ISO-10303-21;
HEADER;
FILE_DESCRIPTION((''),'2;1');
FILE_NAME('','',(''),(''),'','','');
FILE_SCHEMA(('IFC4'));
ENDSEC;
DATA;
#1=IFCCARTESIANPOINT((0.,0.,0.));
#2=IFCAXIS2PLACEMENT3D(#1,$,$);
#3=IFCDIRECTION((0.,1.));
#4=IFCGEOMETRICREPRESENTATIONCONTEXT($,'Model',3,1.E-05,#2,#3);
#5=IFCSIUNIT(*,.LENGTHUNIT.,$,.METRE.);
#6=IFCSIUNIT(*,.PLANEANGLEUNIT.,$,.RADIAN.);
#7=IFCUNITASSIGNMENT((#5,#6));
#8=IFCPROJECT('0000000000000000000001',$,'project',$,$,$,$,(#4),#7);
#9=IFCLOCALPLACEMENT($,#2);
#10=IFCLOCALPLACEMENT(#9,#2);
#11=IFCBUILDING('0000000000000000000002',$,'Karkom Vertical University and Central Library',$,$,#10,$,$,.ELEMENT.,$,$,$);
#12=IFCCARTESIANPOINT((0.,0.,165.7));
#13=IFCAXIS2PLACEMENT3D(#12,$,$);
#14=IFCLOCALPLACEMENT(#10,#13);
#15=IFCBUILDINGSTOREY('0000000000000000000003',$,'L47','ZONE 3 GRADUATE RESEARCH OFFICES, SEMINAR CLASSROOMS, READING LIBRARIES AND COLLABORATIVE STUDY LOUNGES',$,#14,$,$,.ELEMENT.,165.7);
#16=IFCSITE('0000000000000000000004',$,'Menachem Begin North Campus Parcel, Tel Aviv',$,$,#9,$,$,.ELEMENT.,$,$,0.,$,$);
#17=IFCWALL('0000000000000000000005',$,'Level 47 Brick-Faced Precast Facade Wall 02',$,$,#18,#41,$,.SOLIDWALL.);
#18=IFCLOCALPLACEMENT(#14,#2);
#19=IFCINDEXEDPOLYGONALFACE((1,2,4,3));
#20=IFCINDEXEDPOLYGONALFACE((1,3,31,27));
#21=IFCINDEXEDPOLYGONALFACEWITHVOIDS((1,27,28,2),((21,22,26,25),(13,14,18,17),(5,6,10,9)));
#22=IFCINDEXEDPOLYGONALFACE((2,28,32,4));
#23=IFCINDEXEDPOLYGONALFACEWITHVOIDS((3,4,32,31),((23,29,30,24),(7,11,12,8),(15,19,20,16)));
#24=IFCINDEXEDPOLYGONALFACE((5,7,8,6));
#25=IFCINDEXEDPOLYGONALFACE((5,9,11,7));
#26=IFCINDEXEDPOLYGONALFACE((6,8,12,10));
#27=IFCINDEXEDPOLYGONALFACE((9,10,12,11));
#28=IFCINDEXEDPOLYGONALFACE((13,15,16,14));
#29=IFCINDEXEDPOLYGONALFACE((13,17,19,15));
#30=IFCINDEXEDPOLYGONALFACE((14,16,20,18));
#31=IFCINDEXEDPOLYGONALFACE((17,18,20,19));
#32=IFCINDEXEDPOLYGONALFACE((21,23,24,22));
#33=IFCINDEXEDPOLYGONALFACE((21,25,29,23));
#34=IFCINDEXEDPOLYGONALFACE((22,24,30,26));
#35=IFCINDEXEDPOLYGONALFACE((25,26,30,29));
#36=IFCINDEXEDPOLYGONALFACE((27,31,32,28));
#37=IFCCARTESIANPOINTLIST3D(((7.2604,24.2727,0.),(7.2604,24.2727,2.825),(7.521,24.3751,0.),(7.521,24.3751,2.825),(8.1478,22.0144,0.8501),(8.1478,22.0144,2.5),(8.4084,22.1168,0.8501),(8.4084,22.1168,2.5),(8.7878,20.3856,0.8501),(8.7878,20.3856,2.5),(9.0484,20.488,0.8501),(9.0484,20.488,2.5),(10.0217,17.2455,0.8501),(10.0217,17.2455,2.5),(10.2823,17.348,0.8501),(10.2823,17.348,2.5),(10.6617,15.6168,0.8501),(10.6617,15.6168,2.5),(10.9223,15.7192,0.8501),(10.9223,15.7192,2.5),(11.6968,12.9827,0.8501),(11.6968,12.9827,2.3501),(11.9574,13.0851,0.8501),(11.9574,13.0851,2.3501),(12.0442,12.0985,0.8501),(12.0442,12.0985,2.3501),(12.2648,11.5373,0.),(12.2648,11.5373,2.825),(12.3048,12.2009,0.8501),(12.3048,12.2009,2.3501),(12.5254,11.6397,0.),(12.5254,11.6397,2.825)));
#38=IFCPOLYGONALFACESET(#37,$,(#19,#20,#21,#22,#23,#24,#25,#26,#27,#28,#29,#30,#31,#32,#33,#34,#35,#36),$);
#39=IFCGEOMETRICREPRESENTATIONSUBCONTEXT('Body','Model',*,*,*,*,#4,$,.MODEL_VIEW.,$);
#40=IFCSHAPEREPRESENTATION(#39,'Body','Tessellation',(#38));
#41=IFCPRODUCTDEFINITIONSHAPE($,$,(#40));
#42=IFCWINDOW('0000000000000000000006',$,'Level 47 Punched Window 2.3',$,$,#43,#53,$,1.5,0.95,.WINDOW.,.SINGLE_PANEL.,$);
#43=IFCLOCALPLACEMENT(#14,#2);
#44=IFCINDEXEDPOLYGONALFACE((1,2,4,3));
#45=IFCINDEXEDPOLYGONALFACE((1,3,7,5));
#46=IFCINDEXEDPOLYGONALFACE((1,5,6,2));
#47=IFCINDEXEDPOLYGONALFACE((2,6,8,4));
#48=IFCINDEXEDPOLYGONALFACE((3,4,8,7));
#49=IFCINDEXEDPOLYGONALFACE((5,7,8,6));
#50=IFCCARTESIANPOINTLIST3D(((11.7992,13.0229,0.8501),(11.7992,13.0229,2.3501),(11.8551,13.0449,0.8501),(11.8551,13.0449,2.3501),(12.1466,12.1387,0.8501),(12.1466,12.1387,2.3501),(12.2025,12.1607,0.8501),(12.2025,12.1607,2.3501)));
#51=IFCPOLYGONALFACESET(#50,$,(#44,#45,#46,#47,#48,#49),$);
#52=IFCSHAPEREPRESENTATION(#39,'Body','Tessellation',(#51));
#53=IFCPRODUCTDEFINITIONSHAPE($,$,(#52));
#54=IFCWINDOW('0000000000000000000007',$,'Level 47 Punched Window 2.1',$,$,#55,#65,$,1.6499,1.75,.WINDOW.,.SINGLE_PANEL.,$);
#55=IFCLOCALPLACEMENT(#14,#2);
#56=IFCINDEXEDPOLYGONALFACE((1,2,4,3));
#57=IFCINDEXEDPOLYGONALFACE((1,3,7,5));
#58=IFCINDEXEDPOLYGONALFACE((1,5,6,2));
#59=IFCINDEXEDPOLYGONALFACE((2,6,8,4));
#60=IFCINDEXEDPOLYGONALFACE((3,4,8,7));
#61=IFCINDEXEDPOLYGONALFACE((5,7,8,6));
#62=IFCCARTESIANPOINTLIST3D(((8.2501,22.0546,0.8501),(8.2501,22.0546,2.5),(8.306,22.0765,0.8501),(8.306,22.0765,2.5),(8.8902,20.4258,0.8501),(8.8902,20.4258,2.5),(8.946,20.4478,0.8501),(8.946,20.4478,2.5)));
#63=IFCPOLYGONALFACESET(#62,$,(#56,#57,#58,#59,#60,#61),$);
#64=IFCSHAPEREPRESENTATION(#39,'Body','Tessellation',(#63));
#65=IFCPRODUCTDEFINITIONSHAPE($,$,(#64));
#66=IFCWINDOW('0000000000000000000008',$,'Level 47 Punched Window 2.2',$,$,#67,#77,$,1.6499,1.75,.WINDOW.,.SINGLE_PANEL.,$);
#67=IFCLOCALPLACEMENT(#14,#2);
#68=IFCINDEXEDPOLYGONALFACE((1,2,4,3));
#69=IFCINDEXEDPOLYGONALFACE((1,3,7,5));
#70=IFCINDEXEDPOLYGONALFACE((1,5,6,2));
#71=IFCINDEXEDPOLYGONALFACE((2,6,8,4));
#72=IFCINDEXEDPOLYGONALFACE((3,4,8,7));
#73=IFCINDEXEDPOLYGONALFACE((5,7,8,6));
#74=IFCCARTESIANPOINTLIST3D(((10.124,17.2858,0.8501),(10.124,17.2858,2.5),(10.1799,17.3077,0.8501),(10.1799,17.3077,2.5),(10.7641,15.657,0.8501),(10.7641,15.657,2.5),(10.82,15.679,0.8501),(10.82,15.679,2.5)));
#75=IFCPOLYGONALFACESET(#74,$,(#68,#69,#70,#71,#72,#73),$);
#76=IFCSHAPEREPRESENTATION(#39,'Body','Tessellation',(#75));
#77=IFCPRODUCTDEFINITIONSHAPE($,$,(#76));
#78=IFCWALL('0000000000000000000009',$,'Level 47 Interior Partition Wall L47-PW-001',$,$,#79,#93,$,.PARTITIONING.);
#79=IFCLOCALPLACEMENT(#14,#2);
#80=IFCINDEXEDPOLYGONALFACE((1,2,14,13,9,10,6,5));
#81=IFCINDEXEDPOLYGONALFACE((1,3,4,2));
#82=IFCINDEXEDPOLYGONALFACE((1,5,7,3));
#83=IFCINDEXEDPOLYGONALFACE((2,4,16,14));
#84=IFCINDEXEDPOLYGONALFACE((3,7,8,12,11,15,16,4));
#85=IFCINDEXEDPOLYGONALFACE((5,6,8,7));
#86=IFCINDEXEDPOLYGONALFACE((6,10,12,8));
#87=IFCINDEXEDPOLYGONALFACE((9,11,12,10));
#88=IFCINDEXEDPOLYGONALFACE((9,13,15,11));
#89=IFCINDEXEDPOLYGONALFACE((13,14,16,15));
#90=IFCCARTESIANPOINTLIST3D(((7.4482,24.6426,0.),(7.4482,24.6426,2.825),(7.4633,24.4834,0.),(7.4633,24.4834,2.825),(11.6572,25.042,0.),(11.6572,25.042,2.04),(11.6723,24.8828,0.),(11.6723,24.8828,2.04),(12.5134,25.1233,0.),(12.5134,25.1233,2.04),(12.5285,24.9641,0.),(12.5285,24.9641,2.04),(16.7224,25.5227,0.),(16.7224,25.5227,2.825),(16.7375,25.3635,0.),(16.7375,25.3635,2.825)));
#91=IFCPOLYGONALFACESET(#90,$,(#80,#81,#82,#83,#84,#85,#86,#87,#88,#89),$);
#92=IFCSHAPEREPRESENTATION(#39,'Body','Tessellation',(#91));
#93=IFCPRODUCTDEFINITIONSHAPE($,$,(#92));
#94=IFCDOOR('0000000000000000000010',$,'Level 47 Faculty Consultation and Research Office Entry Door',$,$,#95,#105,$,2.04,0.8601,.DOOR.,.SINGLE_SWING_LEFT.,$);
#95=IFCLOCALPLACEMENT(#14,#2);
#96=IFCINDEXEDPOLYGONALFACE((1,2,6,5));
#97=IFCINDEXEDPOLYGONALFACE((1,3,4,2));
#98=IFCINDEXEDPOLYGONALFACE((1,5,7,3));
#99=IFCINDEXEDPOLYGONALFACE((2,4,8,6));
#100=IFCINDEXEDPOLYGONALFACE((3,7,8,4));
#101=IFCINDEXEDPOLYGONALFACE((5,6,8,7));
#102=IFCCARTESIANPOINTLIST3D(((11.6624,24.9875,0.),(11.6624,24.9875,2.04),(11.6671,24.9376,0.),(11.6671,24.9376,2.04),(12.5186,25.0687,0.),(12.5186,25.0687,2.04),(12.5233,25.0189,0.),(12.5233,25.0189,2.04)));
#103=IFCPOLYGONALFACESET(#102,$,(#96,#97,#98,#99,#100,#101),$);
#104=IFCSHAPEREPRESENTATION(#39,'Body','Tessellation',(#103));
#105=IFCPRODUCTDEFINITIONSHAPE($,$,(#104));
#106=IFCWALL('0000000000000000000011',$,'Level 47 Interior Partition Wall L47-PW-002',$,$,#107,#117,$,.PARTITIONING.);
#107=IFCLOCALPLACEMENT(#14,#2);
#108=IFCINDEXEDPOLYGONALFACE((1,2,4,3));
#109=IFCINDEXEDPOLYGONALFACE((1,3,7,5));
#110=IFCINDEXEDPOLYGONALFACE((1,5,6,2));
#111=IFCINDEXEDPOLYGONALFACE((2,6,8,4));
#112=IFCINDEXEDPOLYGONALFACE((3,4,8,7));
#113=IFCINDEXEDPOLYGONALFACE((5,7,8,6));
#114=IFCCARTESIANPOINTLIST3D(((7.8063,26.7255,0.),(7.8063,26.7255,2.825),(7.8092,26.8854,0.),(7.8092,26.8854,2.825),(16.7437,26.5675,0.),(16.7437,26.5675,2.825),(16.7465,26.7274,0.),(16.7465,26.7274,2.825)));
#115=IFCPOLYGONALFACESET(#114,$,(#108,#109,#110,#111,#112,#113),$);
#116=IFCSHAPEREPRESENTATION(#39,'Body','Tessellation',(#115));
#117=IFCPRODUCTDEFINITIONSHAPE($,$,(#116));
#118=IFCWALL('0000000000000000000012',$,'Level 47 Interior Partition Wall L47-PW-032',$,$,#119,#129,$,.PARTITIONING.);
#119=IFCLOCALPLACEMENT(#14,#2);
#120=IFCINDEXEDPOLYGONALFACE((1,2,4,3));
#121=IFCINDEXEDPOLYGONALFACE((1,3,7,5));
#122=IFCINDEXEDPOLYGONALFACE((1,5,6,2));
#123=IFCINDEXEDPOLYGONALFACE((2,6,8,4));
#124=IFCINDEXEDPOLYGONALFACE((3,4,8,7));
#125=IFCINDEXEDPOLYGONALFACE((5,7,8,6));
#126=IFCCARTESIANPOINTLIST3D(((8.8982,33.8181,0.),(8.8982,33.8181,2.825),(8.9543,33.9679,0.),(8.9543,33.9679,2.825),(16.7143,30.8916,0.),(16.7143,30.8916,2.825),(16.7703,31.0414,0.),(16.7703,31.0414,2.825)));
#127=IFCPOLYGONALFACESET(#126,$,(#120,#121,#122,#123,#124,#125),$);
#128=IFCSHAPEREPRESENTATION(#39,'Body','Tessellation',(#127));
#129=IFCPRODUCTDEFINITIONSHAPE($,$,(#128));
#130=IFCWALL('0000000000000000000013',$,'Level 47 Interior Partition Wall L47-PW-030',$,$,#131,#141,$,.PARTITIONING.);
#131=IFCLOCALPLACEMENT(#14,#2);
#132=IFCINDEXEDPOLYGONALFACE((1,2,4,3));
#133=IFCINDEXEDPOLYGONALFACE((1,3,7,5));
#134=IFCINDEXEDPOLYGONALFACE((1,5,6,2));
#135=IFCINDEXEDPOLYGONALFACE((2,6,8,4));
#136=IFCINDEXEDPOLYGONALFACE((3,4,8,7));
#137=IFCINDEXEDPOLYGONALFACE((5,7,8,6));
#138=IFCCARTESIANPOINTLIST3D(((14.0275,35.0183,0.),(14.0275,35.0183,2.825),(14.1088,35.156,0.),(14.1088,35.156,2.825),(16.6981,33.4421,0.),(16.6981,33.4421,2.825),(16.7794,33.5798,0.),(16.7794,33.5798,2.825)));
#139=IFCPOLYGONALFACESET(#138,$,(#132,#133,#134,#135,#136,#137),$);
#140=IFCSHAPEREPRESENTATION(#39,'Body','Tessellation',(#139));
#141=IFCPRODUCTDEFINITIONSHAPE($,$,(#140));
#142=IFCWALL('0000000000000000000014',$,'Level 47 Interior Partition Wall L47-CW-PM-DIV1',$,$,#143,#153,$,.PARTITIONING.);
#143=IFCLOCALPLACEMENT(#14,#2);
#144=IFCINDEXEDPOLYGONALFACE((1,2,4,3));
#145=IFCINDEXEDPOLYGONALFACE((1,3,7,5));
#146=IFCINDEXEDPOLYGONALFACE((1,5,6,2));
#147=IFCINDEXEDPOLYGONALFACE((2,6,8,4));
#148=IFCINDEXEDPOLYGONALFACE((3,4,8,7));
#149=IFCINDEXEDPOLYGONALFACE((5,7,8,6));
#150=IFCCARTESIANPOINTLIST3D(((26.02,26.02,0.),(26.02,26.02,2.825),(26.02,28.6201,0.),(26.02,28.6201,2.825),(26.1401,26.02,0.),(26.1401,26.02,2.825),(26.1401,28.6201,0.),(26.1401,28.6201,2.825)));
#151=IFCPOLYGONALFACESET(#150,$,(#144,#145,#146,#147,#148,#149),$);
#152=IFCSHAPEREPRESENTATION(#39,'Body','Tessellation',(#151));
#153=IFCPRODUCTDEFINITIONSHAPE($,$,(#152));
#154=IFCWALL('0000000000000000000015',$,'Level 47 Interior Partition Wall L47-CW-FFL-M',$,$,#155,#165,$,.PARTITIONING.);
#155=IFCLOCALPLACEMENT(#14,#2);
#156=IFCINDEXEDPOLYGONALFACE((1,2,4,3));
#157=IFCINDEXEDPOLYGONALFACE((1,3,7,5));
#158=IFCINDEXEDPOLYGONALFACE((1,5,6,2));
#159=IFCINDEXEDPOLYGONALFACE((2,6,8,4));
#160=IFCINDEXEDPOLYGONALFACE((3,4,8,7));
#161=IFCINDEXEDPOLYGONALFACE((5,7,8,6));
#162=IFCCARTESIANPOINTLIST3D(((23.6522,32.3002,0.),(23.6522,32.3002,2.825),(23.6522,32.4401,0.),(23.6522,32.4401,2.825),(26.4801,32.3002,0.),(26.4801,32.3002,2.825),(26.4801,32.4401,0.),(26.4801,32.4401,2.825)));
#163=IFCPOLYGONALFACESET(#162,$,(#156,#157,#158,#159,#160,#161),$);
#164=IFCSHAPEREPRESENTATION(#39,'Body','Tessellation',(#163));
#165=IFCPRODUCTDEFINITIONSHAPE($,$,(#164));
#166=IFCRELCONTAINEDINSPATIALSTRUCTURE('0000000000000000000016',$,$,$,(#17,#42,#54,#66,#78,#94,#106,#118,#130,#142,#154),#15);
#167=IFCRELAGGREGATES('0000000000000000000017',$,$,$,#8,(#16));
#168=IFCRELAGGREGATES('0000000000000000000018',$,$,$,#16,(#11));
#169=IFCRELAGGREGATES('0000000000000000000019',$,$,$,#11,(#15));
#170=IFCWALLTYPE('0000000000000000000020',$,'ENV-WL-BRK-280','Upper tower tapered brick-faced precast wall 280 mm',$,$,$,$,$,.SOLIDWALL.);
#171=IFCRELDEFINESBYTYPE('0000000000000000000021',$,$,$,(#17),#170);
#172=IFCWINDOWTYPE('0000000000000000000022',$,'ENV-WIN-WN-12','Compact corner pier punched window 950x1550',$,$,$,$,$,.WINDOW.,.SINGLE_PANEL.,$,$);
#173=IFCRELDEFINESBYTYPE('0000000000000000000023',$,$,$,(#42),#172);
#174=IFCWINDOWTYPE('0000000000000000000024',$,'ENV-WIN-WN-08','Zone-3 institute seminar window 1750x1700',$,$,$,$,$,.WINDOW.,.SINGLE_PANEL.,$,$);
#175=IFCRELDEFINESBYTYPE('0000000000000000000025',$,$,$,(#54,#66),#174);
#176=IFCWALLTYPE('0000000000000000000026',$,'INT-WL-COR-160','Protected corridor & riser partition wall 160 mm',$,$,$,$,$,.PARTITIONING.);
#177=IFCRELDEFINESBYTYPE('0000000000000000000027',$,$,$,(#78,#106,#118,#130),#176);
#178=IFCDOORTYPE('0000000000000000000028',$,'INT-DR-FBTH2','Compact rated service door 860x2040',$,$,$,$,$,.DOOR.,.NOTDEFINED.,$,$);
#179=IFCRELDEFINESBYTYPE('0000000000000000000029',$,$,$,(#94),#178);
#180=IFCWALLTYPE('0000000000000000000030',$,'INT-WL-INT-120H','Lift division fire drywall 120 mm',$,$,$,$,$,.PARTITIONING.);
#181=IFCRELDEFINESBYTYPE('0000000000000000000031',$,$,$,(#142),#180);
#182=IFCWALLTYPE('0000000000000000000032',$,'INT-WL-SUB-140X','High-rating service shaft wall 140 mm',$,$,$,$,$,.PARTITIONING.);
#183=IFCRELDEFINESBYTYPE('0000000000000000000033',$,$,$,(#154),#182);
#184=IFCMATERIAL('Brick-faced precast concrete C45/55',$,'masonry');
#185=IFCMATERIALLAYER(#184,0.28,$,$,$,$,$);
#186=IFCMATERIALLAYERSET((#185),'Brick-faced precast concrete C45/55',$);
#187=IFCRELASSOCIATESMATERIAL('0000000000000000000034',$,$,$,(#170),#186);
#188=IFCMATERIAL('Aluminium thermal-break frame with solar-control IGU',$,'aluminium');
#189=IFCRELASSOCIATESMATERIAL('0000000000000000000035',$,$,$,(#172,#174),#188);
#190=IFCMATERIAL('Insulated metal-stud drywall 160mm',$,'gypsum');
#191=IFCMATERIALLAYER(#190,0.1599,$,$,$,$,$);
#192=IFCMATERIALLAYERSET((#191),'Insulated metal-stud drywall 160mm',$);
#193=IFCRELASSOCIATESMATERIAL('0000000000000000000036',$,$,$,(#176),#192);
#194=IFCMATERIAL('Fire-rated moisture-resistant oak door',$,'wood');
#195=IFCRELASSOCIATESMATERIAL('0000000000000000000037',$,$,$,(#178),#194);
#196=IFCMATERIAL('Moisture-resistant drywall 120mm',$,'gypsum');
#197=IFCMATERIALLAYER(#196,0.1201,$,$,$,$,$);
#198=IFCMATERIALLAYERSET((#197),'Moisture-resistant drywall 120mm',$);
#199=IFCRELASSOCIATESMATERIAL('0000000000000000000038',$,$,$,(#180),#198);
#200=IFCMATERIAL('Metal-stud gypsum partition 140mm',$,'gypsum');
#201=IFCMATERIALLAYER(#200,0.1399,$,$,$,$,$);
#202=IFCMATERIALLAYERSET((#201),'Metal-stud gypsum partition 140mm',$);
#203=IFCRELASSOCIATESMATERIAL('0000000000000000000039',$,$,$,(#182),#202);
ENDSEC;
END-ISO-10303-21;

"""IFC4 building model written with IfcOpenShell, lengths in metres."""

from ifc_helpers import new_model, si_unit, direction, frame, frame_2d, origin, origin_with_axes, place, context, subcontext, project, spatial, rectangle, extrude, source, transform, mapped, material, layer, layer_set, type_object, element, fill, save


model = new_model("IFC4")

# Units and contexts
model_context = context("Model", 3, precision=1e-05, world=origin(), true_north=direction((0.0, 1.0)))
body_context = subcontext(model_context, "Body", "Model", "MODEL_VIEW")
ifc_project = project(units=[si_unit("LENGTHUNIT", "METRE"), si_unit("PLANEANGLEUNIT", "RADIAN")], contexts=[model_context])

# Site, building, storey
site_placement = place(None, origin())
site = spatial("IfcSite", under=ifc_project, at=site_placement, Name="Menachem Begin North Campus Parcel, Tel Aviv", CompositionType="ELEMENT", RefElevation=0.0)
building_placement = place(site_placement, origin())
building = spatial("IfcBuilding", under=site, at=building_placement, Name="Karkom Vertical University and Central Library", CompositionType="ELEMENT")
storey_placement = place(building_placement, frame((0.0, 0.0, 165.7)))
storey = spatial("IfcBuildingStorey", under=building, at=storey_placement, Name="L47", Description="ZONE 3 GRADUATE RESEARCH OFFICES, SEMINAR CLASSROOMS, READING LIBRARIES AND COLLABORATIVE STUDY LOUNGES", CompositionType="ELEMENT", Elevation=165.7)

# Wall, openings, windows
ifc_material_1 = material(Name="Brick-faced precast concrete C45/55", Category="masonry")
ifc_layer_1 = layer(ifc_material_1, 0.28)
ifc_layer_set_1 = layer_set([ifc_layer_1], Name="Brick-faced precast concrete C45/55")
wall_type_1 = type_object("IfcWallType", Name="ENV-WL-BRK-280", Description="Upper tower tapered brick-faced precast wall 280 mm", PredefinedType="SOLIDWALL", material=ifc_layer_set_1)
wall_1_placement = place(storey_placement, frame((7.3906, 24.324, 0.0), z_axis=(0.0, 0.0, 1.0), x_axis=(0.36573, -0.930721, 0.0)))
wall_1 = element("IfcWall", 1, at=wall_1_placement, inside=storey, type_object=wall_type_1, Name="Level 47 Brick-Faced Precast Facade Wall 02", PredefinedType="SOLIDWALL", context=body_context, shape_type="SweptSolid", body=[
    extrude(rectangle(XDim=13.6833, YDim=0.28, at=frame_2d((6.8418, 0.0))), origin(), (0.0, 0.0, 1.0), 2.825),
])
opening_1_placement = place(wall_1_placement, frame((2.4265, 0.0, 0.8501)))
opening_1 = element("IfcOpeningElement", 2, at=opening_1_placement, cuts=wall_1, PredefinedType="OPENING", context=body_context, shape_type="SweptSolid", body=[
    extrude(rectangle(XDim=1.75, YDim=1.6499, at=frame_2d((0.875, 0.825))), frame((0.0, 0.1499, 0.0), z_axis=(0.0, -1.0, 0.0), x_axis=(1.0, 0.0, 0.0)), (0.0, 0.0, 1.0), 0.3),
])
opening_2_placement = place(wall_1_placement, frame((7.5503, 0.0, 0.8501)))
opening_2 = element("IfcOpeningElement", 3, at=opening_2_placement, cuts=wall_1, PredefinedType="OPENING", context=body_context, shape_type="SweptSolid", body=[
    extrude(rectangle(XDim=1.75, YDim=1.6499, at=frame_2d((0.875, 0.825))), frame((0.0, 0.1499, 0.0), z_axis=(0.0, -1.0, 0.0), x_axis=(1.0, 0.0, 0.0)), (0.0, 0.0, 1.0), 0.3),
])
opening_3_placement = place(wall_1_placement, frame((12.1304, 0.0, 0.8501)))
opening_3 = element("IfcOpeningElement", 4, at=opening_3_placement, cuts=wall_1, PredefinedType="OPENING", context=body_context, shape_type="SweptSolid", body=[
    extrude(rectangle(XDim=0.95, YDim=1.5, at=frame_2d((0.4751, 0.75))), frame((0.0, 0.1499, 0.0), z_axis=(0.0, -1.0, 0.0), x_axis=(1.0, 0.0, 0.0)), (0.0, 0.0, 1.0), 0.3),
])
ifc_material_2 = material(Name="Aluminium thermal-break frame with solar-control IGU", Category="aluminium")
window_type_1 = type_object("IfcWindowType", Name="ENV-WIN-WN-12", Description="Compact corner pier punched window 950x1550", PartitioningType="SINGLE_PANEL", PredefinedType="WINDOW", material=ifc_material_2)
shared_shape_1 = source(origin_with_axes(), body_context, "Body", "SweptSolid", [
    extrude(rectangle(XDim=0.95, YDim=1.5, at=frame_2d((0.4751, 0.75))), frame((0.0, 0.03, 0.0), z_axis=(0.0, -1.0, 0.0), x_axis=(1.0, 0.0, 0.0)), (0.0, 0.0, 1.0), 0.0601),
])
window_1_placement = place(opening_3_placement, origin())
window_1 = element("IfcWindow", 5, at=window_1_placement, inside=storey, type_object=window_type_1, Name="Level 47 Punched Window 2.3", OverallHeight=1.5, OverallWidth=0.95, PartitioningType="SINGLE_PANEL", PredefinedType="WINDOW", context=body_context, shape_type="MappedRepresentation", body=[
    mapped(shared_shape_1, transform((0.0, 0.0, 0.0), scale=1.0)),
])
fill(opening_3, window_1)
window_type_2 = type_object("IfcWindowType", Name="ENV-WIN-WN-08", Description="Zone-3 institute seminar window 1750x1700", PartitioningType="SINGLE_PANEL", PredefinedType="WINDOW", material=ifc_material_2)
shared_shape_2 = source(origin_with_axes(), body_context, "Body", "SweptSolid", [
    extrude(rectangle(XDim=1.75, YDim=1.6499, at=frame_2d((0.875, 0.825))), frame((0.0, 0.03, 0.0), z_axis=(0.0, -1.0, 0.0), x_axis=(1.0, 0.0, 0.0)), (0.0, 0.0, 1.0), 0.0601),
])
window_2_placement = place(opening_1_placement, origin())
window_2 = element("IfcWindow", 6, at=window_2_placement, inside=storey, type_object=window_type_2, Name="Level 47 Punched Window 2.1", OverallHeight=1.6499, OverallWidth=1.75, PartitioningType="SINGLE_PANEL", PredefinedType="WINDOW", context=body_context, shape_type="MappedRepresentation", body=[
    mapped(shared_shape_2, transform((0.0, 0.0, 0.0), scale=1.0)),
])
fill(opening_1, window_2)
window_3_placement = place(opening_2_placement, origin())
window_3 = element("IfcWindow", 7, at=window_3_placement, inside=storey, type_object=window_type_2, Name="Level 47 Punched Window 2.2", OverallHeight=1.6499, OverallWidth=1.75, PartitioningType="SINGLE_PANEL", PredefinedType="WINDOW", context=body_context, shape_type="MappedRepresentation", body=[
    mapped(shared_shape_2, transform((0.0, 0.0, 0.0), scale=1.0)),
])
fill(opening_2, window_3)

# Wall, opening, door
ifc_material_3 = material(Name="Insulated metal-stud drywall 160mm", Category="gypsum")
ifc_layer_2 = layer(ifc_material_3, 0.1599)
ifc_layer_set_2 = layer_set([ifc_layer_2], Name="Insulated metal-stud drywall 160mm")
wall_type_2 = type_object("IfcWallType", Name="INT-WL-COR-160", Description="Protected corridor & riser partition wall 160 mm", PredefinedType="PARTITIONING", material=ifc_layer_set_2)
wall_2_placement = place(storey_placement, frame((16.73, 25.4431, 0.0), z_axis=(0.0, 0.0, 1.0), x_axis=(-0.995527, -0.094476, 0.0)))
wall_2 = element("IfcWall", 8, at=wall_2_placement, inside=storey, type_object=wall_type_2, Name="Level 47 Interior Partition Wall L47-PW-001", PredefinedType="PARTITIONING", context=body_context, shape_type="SweptSolid", body=[
    extrude(rectangle(XDim=9.3159, YDim=0.1599, at=frame_2d((4.658, 0.0))), origin(), (0.0, 0.0, 1.0), 2.825),
])
opening_4_placement = place(wall_2_placement, frame((4.2278, 0.0, 0.0)))
opening_4 = element("IfcOpeningElement", 9, at=opening_4_placement, cuts=wall_2, PredefinedType="OPENING", context=body_context, shape_type="SweptSolid", body=[
    extrude(rectangle(XDim=0.8601, YDim=2.04, at=frame_2d((0.4302, 1.02))), frame((0.0, 0.0898, 0.0), z_axis=(0.0, -1.0, 0.0), x_axis=(1.0, 0.0, 0.0)), (0.0, 0.0, 1.0), 0.1799),
])
ifc_material_4 = material(Name="Fire-rated moisture-resistant oak door", Category="wood")
door_type_1 = type_object("IfcDoorType", Name="INT-DR-FBTH2", Description="Compact rated service door 860x2040", OperationType="NOTDEFINED", PredefinedType="DOOR", material=ifc_material_4)
shared_shape_3 = source(origin_with_axes(), body_context, "Body", "SweptSolid", [
    extrude(rectangle(XDim=0.8601, YDim=2.04, at=frame_2d((0.4302, 1.02))), frame((0.0, 0.0249, 0.0), z_axis=(0.0, -1.0, 0.0), x_axis=(1.0, 0.0, 0.0)), (0.0, 0.0, 1.0), 0.05),
])
door_1_placement = place(opening_4_placement, origin())
door_1 = element("IfcDoor", 10, at=door_1_placement, inside=storey, type_object=door_type_1, Name="Level 47 Faculty Consultation and Research Office Entry Door", OperationType="SINGLE_SWING_LEFT", OverallHeight=2.04, OverallWidth=0.8601, PredefinedType="DOOR", context=body_context, shape_type="MappedRepresentation", body=[
    mapped(shared_shape_3, transform((0.0, 0.0, 0.0), scale=1.0)),
])
fill(opening_4, door_1)

# Walls
wall_3_placement = place(storey_placement, frame((7.8079, 26.8054, 0.0), z_axis=(0.0, 0.0, 1.0), x_axis=(0.999844, -0.017671, 0.0)))
element("IfcWall", 11, at=wall_3_placement, inside=storey, type_object=wall_type_2, Name="Level 47 Interior Partition Wall L47-PW-002", PredefinedType="PARTITIONING", context=body_context, shape_type="SweptSolid", body=[
    extrude(rectangle(XDim=8.9387, YDim=0.1599, at=frame_2d((4.4692, 0.0))), origin(), (0.0, 0.0, 1.0), 2.825),
])
wall_4_placement = place(storey_placement, frame((16.7422, 30.9666, 0.0), z_axis=(0.0, 0.0, 1.0), x_axis=(-0.936508, 0.350646, 0.0)))
element("IfcWall", 12, at=wall_4_placement, inside=storey, type_object=wall_type_2, Name="Level 47 Interior Partition Wall L47-PW-032", PredefinedType="PARTITIONING", context=body_context, shape_type="SweptSolid", body=[
    extrude(rectangle(XDim=8.3459, YDim=0.1599, at=frame_2d((4.1729, 0.0))), origin(), (0.0, 0.0, 1.0), 2.825),
])
wall_5_placement = place(storey_placement, frame((16.7388, 33.511, 0.0), z_axis=(0.0, 0.0, 1.0), x_axis=(-0.861201, 0.508265, 0.0)))
element("IfcWall", 13, at=wall_5_placement, inside=storey, type_object=wall_type_2, Name="Level 47 Interior Partition Wall L47-PW-030", PredefinedType="PARTITIONING", context=body_context, shape_type="SweptSolid", body=[
    extrude(rectangle(XDim=3.1011, YDim=0.1599, at=frame_2d((1.5505, 0.0))), origin(), (0.0, 0.0, 1.0), 2.825),
])
ifc_material_5 = material(Name="Moisture-resistant drywall 120mm", Category="gypsum")
ifc_layer_3 = layer(ifc_material_5, 0.1201)
ifc_layer_set_3 = layer_set([ifc_layer_3], Name="Moisture-resistant drywall 120mm")
wall_type_3 = type_object("IfcWallType", Name="INT-WL-INT-120H", Description="Lift division fire drywall 120 mm", PredefinedType="PARTITIONING", material=ifc_layer_set_3)
wall_6_placement = place(storey_placement, frame((26.0801, 26.02, 0.0), z_axis=(0.0, 0.0, 1.0), x_axis=(0.0, 1.0, 0.0)))
element("IfcWall", 14, at=wall_6_placement, inside=storey, type_object=wall_type_3, Name="Level 47 Interior Partition Wall L47-CW-PM-DIV1", PredefinedType="PARTITIONING", context=body_context, shape_type="SweptSolid", body=[
    extrude(rectangle(XDim=2.6001, YDim=0.1201, at=frame_2d((1.3, 0.0))), origin(), (0.0, 0.0, 1.0), 2.825),
])
ifc_material_6 = material(Name="Metal-stud gypsum partition 140mm", Category="gypsum")
ifc_layer_4 = layer(ifc_material_6, 0.1399)
ifc_layer_set_4 = layer_set([ifc_layer_4], Name="Metal-stud gypsum partition 140mm")
wall_type_4 = type_object("IfcWallType", Name="INT-WL-SUB-140X", Description="High-rating service shaft wall 140 mm", PredefinedType="PARTITIONING", material=ifc_layer_set_4)
wall_7_placement = place(storey_placement, frame((23.6521, 32.3701, 0.0), z_axis=(0.0, 0.0, 1.0), x_axis=(1.0, 0.0, 0.0)))
element("IfcWall", 15, at=wall_7_placement, inside=storey, type_object=wall_type_4, Name="Level 47 Interior Partition Wall L47-CW-FFL-M", PredefinedType="PARTITIONING", context=body_context, shape_type="SweptSolid", body=[
    extrude(rectangle(XDim=2.8279, YDim=0.1399, at=frame_2d((1.4141, 0.0))), origin(), (0.0, 0.0, 1.0), 2.825),
])

save(model, "model.ifc")
